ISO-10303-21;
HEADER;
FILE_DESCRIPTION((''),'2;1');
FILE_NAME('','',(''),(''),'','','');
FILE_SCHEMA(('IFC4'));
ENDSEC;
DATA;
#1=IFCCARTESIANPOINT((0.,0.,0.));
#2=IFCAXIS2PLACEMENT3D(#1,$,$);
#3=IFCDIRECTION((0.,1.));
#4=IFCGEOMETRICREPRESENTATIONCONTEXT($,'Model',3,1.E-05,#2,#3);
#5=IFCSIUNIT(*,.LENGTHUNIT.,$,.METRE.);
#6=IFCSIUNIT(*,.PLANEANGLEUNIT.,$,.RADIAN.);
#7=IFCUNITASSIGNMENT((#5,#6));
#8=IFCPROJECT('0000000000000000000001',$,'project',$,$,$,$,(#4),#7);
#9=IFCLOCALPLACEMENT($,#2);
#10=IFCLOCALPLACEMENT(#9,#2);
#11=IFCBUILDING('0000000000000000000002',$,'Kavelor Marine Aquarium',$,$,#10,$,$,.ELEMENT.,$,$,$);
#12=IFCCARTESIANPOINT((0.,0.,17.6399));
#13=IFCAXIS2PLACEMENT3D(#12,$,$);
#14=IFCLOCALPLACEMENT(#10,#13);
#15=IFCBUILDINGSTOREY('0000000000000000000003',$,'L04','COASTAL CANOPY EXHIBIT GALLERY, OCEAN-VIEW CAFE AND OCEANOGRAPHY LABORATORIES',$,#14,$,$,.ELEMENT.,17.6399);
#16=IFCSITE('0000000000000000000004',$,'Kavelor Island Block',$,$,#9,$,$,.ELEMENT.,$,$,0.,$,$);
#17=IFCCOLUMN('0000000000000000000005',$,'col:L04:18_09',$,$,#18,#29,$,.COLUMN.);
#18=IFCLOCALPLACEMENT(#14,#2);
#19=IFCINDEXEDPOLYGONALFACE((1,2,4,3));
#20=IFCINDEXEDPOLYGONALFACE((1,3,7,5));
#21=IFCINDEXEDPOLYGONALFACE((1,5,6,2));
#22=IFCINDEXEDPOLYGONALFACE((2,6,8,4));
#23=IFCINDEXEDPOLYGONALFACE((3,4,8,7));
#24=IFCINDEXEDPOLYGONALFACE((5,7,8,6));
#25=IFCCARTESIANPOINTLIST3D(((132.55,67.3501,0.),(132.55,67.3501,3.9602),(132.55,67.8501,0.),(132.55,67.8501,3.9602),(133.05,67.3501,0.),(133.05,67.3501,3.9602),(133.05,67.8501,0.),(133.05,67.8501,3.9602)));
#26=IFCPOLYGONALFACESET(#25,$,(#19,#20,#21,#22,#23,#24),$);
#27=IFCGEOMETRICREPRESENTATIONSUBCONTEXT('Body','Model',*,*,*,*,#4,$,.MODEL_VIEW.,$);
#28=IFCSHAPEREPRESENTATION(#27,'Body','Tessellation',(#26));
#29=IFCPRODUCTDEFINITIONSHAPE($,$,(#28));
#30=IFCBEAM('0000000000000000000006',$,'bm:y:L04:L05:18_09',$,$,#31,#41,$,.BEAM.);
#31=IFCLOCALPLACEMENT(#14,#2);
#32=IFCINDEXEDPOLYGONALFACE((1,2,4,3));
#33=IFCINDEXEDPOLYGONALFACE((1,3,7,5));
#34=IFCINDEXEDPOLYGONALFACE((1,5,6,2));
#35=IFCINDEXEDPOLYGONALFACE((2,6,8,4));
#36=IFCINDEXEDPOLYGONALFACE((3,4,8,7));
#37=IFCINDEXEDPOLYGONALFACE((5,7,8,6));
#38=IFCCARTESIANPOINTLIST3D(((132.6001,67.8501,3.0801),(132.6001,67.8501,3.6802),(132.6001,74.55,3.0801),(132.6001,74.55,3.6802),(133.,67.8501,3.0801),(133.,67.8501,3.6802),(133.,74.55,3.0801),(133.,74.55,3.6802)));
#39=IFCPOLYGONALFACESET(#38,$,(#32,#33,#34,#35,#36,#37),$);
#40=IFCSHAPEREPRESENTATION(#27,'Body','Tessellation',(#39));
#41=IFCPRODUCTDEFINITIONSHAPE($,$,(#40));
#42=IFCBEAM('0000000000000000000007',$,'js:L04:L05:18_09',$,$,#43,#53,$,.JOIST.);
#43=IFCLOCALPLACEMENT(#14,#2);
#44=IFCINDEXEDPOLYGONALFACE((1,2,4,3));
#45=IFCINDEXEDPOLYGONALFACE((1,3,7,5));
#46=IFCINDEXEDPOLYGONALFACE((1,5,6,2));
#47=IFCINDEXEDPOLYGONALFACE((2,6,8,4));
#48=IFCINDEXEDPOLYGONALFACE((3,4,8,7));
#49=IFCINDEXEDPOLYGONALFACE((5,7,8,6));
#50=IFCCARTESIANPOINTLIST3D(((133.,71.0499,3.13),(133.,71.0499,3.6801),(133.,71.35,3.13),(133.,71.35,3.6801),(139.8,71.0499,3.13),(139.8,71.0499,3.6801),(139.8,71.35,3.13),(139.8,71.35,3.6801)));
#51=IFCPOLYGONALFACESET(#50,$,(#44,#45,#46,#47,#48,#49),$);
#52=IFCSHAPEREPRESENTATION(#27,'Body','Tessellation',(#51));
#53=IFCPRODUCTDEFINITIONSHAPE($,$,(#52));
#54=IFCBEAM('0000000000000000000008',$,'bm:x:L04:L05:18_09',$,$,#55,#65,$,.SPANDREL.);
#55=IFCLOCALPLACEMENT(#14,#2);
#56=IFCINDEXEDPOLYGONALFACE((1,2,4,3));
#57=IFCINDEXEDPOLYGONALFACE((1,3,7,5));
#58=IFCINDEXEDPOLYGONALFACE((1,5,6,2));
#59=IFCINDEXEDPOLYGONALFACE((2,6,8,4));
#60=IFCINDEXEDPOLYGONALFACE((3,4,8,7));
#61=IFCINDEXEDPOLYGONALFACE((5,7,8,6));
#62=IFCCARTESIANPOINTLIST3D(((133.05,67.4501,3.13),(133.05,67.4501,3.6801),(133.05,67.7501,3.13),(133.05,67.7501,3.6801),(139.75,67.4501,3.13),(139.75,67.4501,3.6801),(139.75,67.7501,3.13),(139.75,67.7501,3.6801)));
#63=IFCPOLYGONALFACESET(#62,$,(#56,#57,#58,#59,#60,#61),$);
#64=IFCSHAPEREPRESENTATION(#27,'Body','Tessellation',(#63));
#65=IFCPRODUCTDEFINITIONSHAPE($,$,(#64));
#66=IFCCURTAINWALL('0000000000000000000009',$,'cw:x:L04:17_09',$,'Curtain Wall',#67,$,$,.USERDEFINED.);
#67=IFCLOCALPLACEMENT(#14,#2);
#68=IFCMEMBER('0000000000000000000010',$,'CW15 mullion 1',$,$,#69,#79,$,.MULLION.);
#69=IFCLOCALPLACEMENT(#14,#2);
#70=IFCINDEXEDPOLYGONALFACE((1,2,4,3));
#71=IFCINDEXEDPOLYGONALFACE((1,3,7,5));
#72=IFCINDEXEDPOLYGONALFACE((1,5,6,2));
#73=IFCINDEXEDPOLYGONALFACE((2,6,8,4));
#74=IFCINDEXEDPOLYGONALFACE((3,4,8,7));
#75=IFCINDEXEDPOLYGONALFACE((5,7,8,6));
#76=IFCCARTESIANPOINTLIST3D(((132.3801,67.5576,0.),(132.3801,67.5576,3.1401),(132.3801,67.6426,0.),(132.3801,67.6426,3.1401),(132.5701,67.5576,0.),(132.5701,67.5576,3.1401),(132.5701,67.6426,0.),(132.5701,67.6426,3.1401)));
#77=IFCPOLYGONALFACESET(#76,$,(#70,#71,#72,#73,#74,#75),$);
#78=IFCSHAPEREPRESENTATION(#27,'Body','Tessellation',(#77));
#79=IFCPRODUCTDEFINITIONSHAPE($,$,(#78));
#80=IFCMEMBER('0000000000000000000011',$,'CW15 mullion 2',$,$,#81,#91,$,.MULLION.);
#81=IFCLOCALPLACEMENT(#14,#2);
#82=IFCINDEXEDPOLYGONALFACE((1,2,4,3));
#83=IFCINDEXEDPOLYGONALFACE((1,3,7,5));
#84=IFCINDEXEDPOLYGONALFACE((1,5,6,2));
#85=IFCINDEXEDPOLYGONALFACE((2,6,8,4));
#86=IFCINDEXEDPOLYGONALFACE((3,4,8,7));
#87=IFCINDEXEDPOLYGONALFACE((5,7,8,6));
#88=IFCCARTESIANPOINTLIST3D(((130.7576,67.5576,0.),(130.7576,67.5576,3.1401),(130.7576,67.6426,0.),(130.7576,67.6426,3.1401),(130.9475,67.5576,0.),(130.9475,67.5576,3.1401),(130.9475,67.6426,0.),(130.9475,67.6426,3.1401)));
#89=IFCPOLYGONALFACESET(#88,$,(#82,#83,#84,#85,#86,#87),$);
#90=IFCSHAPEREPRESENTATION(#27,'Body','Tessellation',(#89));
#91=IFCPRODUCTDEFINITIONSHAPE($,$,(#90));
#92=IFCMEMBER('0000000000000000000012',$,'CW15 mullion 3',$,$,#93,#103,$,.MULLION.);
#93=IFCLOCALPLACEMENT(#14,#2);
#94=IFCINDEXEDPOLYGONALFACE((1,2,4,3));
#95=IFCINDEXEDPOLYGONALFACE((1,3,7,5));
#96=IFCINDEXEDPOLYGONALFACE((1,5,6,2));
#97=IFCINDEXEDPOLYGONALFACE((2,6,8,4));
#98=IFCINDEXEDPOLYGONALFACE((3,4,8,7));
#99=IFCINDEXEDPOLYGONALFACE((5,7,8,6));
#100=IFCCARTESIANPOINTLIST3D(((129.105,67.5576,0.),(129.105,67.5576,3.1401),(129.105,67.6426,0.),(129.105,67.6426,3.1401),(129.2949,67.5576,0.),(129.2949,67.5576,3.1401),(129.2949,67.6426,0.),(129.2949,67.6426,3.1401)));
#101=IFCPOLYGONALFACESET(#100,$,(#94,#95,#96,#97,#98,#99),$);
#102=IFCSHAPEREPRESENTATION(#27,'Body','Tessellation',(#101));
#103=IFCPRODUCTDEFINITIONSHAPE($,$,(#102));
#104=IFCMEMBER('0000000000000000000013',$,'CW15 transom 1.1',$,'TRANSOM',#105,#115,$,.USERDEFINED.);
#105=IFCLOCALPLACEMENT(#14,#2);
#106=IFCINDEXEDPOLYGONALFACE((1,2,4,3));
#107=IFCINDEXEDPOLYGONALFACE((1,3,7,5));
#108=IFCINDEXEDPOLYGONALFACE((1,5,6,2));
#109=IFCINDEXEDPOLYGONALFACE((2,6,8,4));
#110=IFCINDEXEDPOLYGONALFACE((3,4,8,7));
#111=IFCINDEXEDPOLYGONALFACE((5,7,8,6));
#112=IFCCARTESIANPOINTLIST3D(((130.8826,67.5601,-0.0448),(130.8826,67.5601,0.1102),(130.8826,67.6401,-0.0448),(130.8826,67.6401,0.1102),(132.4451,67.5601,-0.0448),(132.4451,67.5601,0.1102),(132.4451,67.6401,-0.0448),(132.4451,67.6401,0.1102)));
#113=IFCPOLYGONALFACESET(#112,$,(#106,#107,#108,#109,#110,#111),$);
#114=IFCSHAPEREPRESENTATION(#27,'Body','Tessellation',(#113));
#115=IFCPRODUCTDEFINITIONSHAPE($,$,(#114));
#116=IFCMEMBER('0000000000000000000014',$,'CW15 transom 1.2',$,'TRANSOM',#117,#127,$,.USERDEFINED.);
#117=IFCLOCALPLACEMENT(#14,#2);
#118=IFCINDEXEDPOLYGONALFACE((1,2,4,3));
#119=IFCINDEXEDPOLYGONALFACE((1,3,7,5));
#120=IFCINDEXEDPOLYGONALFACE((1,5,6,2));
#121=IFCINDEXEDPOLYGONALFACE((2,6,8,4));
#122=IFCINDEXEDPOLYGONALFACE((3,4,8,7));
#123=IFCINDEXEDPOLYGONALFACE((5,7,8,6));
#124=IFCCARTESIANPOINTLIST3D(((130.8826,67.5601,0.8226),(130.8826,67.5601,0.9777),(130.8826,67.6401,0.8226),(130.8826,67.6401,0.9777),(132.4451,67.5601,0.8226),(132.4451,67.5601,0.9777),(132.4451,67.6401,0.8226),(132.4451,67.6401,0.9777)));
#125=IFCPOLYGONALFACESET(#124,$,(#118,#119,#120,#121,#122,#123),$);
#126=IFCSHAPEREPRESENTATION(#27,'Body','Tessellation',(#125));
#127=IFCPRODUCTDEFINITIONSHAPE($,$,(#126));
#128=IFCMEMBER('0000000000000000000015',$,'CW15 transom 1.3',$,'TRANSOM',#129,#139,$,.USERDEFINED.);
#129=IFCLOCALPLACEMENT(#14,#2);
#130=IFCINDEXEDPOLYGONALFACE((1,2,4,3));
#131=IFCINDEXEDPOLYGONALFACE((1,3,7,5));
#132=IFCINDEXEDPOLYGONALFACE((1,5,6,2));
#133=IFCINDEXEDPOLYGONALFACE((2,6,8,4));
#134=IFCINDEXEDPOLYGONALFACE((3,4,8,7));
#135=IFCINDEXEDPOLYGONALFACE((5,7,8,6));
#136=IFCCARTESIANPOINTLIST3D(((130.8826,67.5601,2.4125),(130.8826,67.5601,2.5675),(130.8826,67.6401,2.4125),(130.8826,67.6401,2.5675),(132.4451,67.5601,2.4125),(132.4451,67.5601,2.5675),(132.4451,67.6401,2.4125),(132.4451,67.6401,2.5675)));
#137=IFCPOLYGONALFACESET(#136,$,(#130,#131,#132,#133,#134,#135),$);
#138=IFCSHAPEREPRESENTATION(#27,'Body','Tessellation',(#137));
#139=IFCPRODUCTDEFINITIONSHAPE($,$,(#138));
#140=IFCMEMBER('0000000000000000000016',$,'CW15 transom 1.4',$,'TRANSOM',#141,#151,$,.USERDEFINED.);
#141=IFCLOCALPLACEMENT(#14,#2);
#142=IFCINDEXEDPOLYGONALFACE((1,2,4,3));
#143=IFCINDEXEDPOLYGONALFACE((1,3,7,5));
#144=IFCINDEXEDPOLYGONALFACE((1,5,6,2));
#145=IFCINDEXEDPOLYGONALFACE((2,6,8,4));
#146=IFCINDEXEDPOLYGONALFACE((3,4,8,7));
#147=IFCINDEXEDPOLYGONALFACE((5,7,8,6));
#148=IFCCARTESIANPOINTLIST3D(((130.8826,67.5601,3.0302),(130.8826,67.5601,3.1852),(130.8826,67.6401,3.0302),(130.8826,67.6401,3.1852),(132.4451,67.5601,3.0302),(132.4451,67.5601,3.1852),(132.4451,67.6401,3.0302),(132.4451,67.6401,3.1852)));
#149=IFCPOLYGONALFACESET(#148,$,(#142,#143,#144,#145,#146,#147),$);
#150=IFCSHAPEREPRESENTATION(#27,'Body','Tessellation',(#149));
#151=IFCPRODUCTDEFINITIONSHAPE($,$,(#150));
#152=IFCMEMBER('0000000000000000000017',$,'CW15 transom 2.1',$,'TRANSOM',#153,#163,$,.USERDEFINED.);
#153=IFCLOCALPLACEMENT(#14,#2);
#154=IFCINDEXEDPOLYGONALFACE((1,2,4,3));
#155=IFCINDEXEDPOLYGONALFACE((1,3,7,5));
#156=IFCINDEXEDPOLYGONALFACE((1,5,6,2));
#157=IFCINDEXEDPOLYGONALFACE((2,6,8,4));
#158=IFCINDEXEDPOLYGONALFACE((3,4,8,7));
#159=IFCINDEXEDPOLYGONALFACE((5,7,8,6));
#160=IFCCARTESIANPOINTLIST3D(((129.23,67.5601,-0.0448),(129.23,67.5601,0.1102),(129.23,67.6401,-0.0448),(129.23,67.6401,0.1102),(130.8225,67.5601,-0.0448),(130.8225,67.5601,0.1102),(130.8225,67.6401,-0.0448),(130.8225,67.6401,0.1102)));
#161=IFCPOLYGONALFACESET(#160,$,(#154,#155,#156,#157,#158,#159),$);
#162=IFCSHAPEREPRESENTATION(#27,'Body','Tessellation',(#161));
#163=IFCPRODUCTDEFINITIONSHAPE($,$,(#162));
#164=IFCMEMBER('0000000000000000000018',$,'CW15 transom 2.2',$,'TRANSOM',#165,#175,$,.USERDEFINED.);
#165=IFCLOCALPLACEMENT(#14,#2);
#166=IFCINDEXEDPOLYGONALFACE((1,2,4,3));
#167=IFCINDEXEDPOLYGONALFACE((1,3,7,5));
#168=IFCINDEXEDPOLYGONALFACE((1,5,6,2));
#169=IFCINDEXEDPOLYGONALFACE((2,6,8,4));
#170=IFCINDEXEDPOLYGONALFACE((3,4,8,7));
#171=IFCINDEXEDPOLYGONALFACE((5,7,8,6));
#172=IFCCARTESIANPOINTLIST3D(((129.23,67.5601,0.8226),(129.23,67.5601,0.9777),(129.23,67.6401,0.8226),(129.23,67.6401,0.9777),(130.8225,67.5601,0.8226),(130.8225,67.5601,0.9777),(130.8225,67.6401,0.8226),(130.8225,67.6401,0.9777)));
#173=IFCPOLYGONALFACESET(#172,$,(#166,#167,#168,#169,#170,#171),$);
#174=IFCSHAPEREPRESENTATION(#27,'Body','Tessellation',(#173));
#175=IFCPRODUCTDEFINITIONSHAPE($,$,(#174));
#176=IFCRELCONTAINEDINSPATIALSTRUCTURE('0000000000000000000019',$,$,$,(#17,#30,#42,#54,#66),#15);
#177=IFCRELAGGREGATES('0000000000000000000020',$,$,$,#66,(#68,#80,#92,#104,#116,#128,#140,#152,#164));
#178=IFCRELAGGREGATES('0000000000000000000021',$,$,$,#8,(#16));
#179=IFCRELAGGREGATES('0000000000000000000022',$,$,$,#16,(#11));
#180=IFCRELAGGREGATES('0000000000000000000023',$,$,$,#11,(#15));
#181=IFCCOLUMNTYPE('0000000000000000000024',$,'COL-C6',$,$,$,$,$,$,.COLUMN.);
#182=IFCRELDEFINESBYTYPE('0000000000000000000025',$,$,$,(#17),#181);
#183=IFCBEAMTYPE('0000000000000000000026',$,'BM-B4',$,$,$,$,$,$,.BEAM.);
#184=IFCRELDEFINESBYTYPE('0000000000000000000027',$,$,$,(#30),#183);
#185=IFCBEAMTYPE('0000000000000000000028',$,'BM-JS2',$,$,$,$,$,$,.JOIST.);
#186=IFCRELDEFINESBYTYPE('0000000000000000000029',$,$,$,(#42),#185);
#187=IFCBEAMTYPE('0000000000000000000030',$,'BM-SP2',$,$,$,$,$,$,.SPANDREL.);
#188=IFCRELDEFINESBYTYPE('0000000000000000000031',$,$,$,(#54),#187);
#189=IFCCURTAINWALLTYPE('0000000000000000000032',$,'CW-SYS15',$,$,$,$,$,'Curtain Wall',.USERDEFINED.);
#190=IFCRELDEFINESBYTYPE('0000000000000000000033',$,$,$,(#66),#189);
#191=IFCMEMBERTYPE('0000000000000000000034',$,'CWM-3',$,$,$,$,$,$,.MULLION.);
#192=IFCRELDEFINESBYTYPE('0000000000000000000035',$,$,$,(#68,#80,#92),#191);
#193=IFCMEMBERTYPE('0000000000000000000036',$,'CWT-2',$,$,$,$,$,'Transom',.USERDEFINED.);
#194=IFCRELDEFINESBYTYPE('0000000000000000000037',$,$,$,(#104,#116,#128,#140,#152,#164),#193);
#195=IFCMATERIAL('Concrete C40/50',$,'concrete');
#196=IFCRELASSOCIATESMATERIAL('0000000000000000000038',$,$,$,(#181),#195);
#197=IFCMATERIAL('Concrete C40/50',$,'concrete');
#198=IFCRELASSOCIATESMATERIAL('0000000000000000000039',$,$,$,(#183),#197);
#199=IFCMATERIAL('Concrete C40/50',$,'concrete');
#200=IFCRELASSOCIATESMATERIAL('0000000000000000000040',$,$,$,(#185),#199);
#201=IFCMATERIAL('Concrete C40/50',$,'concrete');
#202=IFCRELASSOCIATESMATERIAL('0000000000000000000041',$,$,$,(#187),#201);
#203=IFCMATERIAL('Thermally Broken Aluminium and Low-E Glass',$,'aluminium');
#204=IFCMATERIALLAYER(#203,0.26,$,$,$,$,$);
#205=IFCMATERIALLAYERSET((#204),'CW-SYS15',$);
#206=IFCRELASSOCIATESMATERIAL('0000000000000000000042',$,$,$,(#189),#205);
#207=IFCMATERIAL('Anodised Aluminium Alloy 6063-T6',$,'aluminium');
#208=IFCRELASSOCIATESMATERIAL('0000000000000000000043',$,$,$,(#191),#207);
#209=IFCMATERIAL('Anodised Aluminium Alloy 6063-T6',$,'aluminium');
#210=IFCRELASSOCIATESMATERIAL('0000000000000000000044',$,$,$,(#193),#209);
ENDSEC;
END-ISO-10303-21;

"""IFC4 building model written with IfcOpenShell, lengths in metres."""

from ifc_helpers import new_model, si_unit, direction, frame, origin, origin_2d, place, context, subcontext, project, spatial, rectangle, extrude, material, layer, layer_set, material_profile, profile_set, type_object, element, aggregate, save


model = new_model("IFC4")

# Units and contexts
model_context = context("Model", 3, precision=1e-05, world=origin(), true_north=direction((0.0, 1.0)))
body_context = subcontext(model_context, "Body", "Model", "MODEL_VIEW")
ifc_project = project(units=[si_unit("LENGTHUNIT", "METRE"), si_unit("PLANEANGLEUNIT", "RADIAN")], contexts=[model_context])

# Site, building, storey
site_placement = place(None, origin())
site = spatial("IfcSite", under=ifc_project, at=site_placement, Name="Kavelor Island Block", CompositionType="ELEMENT", RefElevation=0.0)
building_placement = place(site_placement, origin())
building = spatial("IfcBuilding", under=site, at=building_placement, Name="Kavelor Marine Aquarium", CompositionType="ELEMENT")
storey_placement = place(building_placement, frame((0.0, 0.0, 17.6399)))
storey = spatial("IfcBuildingStorey", under=building, at=storey_placement, Name="L04", Description="COASTAL CANOPY EXHIBIT GALLERY, OCEAN-VIEW CAFE AND OCEANOGRAPHY LABORATORIES", CompositionType="ELEMENT", Elevation=17.6399)

# Column
ifc_material_1 = material(Name="Concrete C40/50", Category="concrete")
ifc_material_profile_1 = material_profile(ifc_material_1, rectangle(XDim=0.5, YDim=0.5, at=origin_2d()), Name="RC-COL 500x500")
ifc_profile_set_1 = profile_set([ifc_material_profile_1], Name="Concrete C40/50")
column_type = type_object("IfcColumnType", Name="COL-C6", PredefinedType="COLUMN", material=ifc_profile_set_1)
column_placement = place(storey_placement, frame((132.8, 67.6001, 0.0), z_axis=(0.0, 0.0, 1.0), x_axis=(1.0, 0.0, 0.0)))
element("IfcColumn", 1, at=column_placement, inside=storey, type_object=column_type, Name="col:L04:18_09", PredefinedType="COLUMN", context=body_context, shape_type="SweptSolid", body=[
    extrude(rectangle(XDim=0.5, YDim=0.5, at=origin_2d()), origin(), (0.0, 0.0, 1.0), 3.9602),
])

# Beams
ifc_material_2 = material(Name="Concrete C40/50", Category="concrete")
ifc_material_profile_2 = material_profile(ifc_material_2, rectangle(XDim=0.3999, YDim=0.6001, at=origin_2d()), Name="RC-BM 400x600")
ifc_profile_set_2 = profile_set([ifc_material_profile_2], Name="Concrete C40/50")
beam_type_1 = type_object("IfcBeamType", Name="BM-B4", PredefinedType="BEAM", material=ifc_profile_set_2)
beam_1_placement = place(storey_placement, frame((132.8, 67.8501, 3.3801), z_axis=(0.0, 1.0, 0.0), x_axis=(-1.0, 0.0, 0.0)))
element("IfcBeam", 2, at=beam_1_placement, inside=storey, type_object=beam_type_1, Name="bm:y:L04:L05:18_09", PredefinedType="BEAM", context=body_context, shape_type="SweptSolid", body=[
    extrude(rectangle(XDim=0.3999, YDim=0.6001, at=origin_2d()), origin(), (0.0, 0.0, 1.0), 6.7),
])
ifc_material_3 = material(Name="Concrete C40/50", Category="concrete")
ifc_material_profile_3 = material_profile(ifc_material_3, rectangle(XDim=0.3, YDim=0.55, at=origin_2d()), Name="RC-JS 300x550")
ifc_profile_set_3 = profile_set([ifc_material_profile_3], Name="Concrete C40/50")
beam_type_2 = type_object("IfcBeamType", Name="BM-JS2", PredefinedType="JOIST", material=ifc_profile_set_3)
beam_2_placement = place(storey_placement, frame((133.0, 71.2, 3.405), z_axis=(1.0, 0.0, 0.0), x_axis=(0.0, 1.0, 0.0)))
element("IfcBeam", 3, at=beam_2_placement, inside=storey, type_object=beam_type_2, Name="js:L04:L05:18_09", PredefinedType="JOIST", context=body_context, shape_type="SweptSolid", body=[
    extrude(rectangle(XDim=0.3, YDim=0.55, at=origin_2d()), origin(), (0.0, 0.0, 1.0), 6.8),
])
ifc_material_4 = material(Name="Concrete C40/50", Category="concrete")
ifc_material_profile_4 = material_profile(ifc_material_4, rectangle(XDim=0.3, YDim=0.55, at=origin_2d()), Name="RC-SP 300x550")
ifc_profile_set_4 = profile_set([ifc_material_profile_4], Name="Concrete C40/50")
beam_type_3 = type_object("IfcBeamType", Name="BM-SP2", PredefinedType="SPANDREL", material=ifc_profile_set_4)
beam_3_placement = place(storey_placement, frame((133.05, 67.6001, 3.405), z_axis=(1.0, 0.0, 0.0), x_axis=(0.0, 1.0, 0.0)))
element("IfcBeam", 4, at=beam_3_placement, inside=storey, type_object=beam_type_3, Name="bm:x:L04:L05:18_09", PredefinedType="SPANDREL", context=body_context, shape_type="SweptSolid", body=[
    extrude(rectangle(XDim=0.3, YDim=0.55, at=origin_2d()), origin(), (0.0, 0.0, 1.0), 6.7),
])

# Curtain wall, members
ifc_material_5 = material(Name="Thermally Broken Aluminium and Low-E Glass", Category="aluminium")
ifc_layer_1 = layer(ifc_material_5, 0.26)
ifc_layer_set_1 = layer_set([ifc_layer_1], Name="CW-SYS15")
curtain_wall_type = type_object("IfcCurtainWallType", Name="CW-SYS15", ElementType="Curtain Wall", PredefinedType="USERDEFINED", material=ifc_layer_set_1)
curtain_wall_placement = place(storey_placement, origin())
curtain_wall = element("IfcCurtainWall", 5, at=curtain_wall_placement, inside=storey, type_object=curtain_wall_type, Name="cw:x:L04:17_09", ObjectType="Curtain Wall", PredefinedType="USERDEFINED")
ifc_material_6 = material(Name="Anodised Aluminium Alloy 6063-T6", Category="aluminium")
ifc_material_profile_5 = material_profile(ifc_material_6, rectangle(XDim=0.085, YDim=0.1899, at=origin_2d()), Name="CW-MUL 85x190")
ifc_profile_set_5 = profile_set([ifc_material_profile_5], Name="Anodised Aluminium Alloy 6063-T6")
member_type_1 = type_object("IfcMemberType", Name="CWM-3", PredefinedType="MULLION", material=ifc_profile_set_5)
member_1_placement = place(storey_placement, frame((132.4751, 67.6001, 0.0), z_axis=(0.0, 0.0, 1.0), x_axis=(0.0, -1.0, 0.0)))
member_1 = element("IfcMember", 6, at=member_1_placement, type_object=member_type_1, Name="CW15 mullion 1", PredefinedType="MULLION", context=body_context, shape_type="SweptSolid", body=[
    extrude(rectangle(XDim=0.085, YDim=0.1899, at=origin_2d()), origin(), (0.0, 0.0, 1.0), 3.1401),
])
member_2_placement = place(storey_placement, frame((130.8525, 67.6001, 0.0), z_axis=(0.0, 0.0, 1.0), x_axis=(0.0, -1.0, 0.0)))
member_2 = element("IfcMember", 7, at=member_2_placement, type_object=member_type_1, Name="CW15 mullion 2", PredefinedType="MULLION", context=body_context, shape_type="SweptSolid", body=[
    extrude(rectangle(XDim=0.085, YDim=0.1899, at=origin_2d()), origin(), (0.0, 0.0, 1.0), 3.1401),
])
member_3_placement = place(storey_placement, frame((129.2, 67.6001, 0.0), z_axis=(0.0, 0.0, 1.0), x_axis=(0.0, -1.0, 0.0)))
member_3 = element("IfcMember", 8, at=member_3_placement, type_object=member_type_1, Name="CW15 mullion 3", PredefinedType="MULLION", context=body_context, shape_type="SweptSolid", body=[
    extrude(rectangle(XDim=0.085, YDim=0.1899, at=origin_2d()), origin(), (0.0, 0.0, 1.0), 3.1401),
])
ifc_material_7 = material(Name="Anodised Aluminium Alloy 6063-T6", Category="aluminium")
ifc_material_profile_6 = material_profile(ifc_material_7, rectangle(XDim=0.0801, YDim=0.155, at=origin_2d()), Name="CW-TRN 80x155")
ifc_profile_set_6 = profile_set([ifc_material_profile_6], Name="Anodised Aluminium Alloy 6063-T6")
member_type_2 = type_object("IfcMemberType", Name="CWT-2", ElementType="Transom", PredefinedType="USERDEFINED", material=ifc_profile_set_6)
member_4_placement = place(storey_placement, frame((132.4451, 67.6001, 0.0327), z_axis=(-1.0, 0.0, 0.0), x_axis=(0.0, -1.0, 0.0)))
member_4 = element("IfcMember", 9, at=member_4_placement, type_object=member_type_2, Name="CW15 transom 1.1", ObjectType="TRANSOM", PredefinedType="USERDEFINED", context=body_context, shape_type="SweptSolid", body=[
    extrude(rectangle(XDim=0.0801, YDim=0.155, at=origin_2d()), origin(), (0.0, 0.0, 1.0), 1.5625),
])
member_5_placement = place(storey_placement, frame((132.4451, 67.6001, 0.9001), z_axis=(-1.0, 0.0, 0.0), x_axis=(0.0, -1.0, 0.0)))
member_5 = element("IfcMember", 10, at=member_5_placement, type_object=member_type_2, Name="CW15 transom 1.2", ObjectType="TRANSOM", PredefinedType="USERDEFINED", context=body_context, shape_type="SweptSolid", body=[
    extrude(rectangle(XDim=0.0801, YDim=0.155, at=origin_2d()), origin(), (0.0, 0.0, 1.0), 1.5625),
])
member_6_placement = place(storey_placement, frame((132.4451, 67.6001, 2.49), z_axis=(-1.0, 0.0, 0.0), x_axis=(0.0, -1.0, 0.0)))
member_6 = element("IfcMember", 11, at=member_6_placement, type_object=member_type_2, Name="CW15 transom 1.3", ObjectType="TRANSOM", PredefinedType="USERDEFINED", context=body_context, shape_type="SweptSolid", body=[
    extrude(rectangle(XDim=0.0801, YDim=0.155, at=origin_2d()), origin(), (0.0, 0.0, 1.0), 1.5625),
])
member_7_placement = place(storey_placement, frame((132.4451, 67.6001, 3.1077), z_axis=(-1.0, 0.0, 0.0), x_axis=(0.0, -1.0, 0.0)))
member_7 = element("IfcMember", 12, at=member_7_placement, type_object=member_type_2, Name="CW15 transom 1.4", ObjectType="TRANSOM", PredefinedType="USERDEFINED", context=body_context, shape_type="SweptSolid", body=[
    extrude(rectangle(XDim=0.0801, YDim=0.155, at=origin_2d()), origin(), (0.0, 0.0, 1.0), 1.5625),
])
member_8_placement = place(storey_placement, frame((130.8225, 67.6001, 0.0327), z_axis=(-1.0, 0.0, 0.0), x_axis=(0.0, -1.0, 0.0)))
member_8 = element("IfcMember", 13, at=member_8_placement, type_object=member_type_2, Name="CW15 transom 2.1", ObjectType="TRANSOM", PredefinedType="USERDEFINED", context=body_context, shape_type="SweptSolid", body=[
    extrude(rectangle(XDim=0.0801, YDim=0.155, at=origin_2d()), origin(), (0.0, 0.0, 1.0), 1.5925),
])
member_9_placement = place(storey_placement, frame((130.8225, 67.6001, 0.9001), z_axis=(-1.0, 0.0, 0.0), x_axis=(0.0, -1.0, 0.0)))
member_9 = element("IfcMember", 14, at=member_9_placement, type_object=member_type_2, Name="CW15 transom 2.2", ObjectType="TRANSOM", PredefinedType="USERDEFINED", context=body_context, shape_type="SweptSolid", body=[
    extrude(rectangle(XDim=0.0801, YDim=0.155, at=origin_2d()), origin(), (0.0, 0.0, 1.0), 1.5925),
])
aggregate(curtain_wall, [member_1, member_2, member_3, member_4, member_5, member_6, member_7, member_8, member_9])

save(model, "model.ifc")
